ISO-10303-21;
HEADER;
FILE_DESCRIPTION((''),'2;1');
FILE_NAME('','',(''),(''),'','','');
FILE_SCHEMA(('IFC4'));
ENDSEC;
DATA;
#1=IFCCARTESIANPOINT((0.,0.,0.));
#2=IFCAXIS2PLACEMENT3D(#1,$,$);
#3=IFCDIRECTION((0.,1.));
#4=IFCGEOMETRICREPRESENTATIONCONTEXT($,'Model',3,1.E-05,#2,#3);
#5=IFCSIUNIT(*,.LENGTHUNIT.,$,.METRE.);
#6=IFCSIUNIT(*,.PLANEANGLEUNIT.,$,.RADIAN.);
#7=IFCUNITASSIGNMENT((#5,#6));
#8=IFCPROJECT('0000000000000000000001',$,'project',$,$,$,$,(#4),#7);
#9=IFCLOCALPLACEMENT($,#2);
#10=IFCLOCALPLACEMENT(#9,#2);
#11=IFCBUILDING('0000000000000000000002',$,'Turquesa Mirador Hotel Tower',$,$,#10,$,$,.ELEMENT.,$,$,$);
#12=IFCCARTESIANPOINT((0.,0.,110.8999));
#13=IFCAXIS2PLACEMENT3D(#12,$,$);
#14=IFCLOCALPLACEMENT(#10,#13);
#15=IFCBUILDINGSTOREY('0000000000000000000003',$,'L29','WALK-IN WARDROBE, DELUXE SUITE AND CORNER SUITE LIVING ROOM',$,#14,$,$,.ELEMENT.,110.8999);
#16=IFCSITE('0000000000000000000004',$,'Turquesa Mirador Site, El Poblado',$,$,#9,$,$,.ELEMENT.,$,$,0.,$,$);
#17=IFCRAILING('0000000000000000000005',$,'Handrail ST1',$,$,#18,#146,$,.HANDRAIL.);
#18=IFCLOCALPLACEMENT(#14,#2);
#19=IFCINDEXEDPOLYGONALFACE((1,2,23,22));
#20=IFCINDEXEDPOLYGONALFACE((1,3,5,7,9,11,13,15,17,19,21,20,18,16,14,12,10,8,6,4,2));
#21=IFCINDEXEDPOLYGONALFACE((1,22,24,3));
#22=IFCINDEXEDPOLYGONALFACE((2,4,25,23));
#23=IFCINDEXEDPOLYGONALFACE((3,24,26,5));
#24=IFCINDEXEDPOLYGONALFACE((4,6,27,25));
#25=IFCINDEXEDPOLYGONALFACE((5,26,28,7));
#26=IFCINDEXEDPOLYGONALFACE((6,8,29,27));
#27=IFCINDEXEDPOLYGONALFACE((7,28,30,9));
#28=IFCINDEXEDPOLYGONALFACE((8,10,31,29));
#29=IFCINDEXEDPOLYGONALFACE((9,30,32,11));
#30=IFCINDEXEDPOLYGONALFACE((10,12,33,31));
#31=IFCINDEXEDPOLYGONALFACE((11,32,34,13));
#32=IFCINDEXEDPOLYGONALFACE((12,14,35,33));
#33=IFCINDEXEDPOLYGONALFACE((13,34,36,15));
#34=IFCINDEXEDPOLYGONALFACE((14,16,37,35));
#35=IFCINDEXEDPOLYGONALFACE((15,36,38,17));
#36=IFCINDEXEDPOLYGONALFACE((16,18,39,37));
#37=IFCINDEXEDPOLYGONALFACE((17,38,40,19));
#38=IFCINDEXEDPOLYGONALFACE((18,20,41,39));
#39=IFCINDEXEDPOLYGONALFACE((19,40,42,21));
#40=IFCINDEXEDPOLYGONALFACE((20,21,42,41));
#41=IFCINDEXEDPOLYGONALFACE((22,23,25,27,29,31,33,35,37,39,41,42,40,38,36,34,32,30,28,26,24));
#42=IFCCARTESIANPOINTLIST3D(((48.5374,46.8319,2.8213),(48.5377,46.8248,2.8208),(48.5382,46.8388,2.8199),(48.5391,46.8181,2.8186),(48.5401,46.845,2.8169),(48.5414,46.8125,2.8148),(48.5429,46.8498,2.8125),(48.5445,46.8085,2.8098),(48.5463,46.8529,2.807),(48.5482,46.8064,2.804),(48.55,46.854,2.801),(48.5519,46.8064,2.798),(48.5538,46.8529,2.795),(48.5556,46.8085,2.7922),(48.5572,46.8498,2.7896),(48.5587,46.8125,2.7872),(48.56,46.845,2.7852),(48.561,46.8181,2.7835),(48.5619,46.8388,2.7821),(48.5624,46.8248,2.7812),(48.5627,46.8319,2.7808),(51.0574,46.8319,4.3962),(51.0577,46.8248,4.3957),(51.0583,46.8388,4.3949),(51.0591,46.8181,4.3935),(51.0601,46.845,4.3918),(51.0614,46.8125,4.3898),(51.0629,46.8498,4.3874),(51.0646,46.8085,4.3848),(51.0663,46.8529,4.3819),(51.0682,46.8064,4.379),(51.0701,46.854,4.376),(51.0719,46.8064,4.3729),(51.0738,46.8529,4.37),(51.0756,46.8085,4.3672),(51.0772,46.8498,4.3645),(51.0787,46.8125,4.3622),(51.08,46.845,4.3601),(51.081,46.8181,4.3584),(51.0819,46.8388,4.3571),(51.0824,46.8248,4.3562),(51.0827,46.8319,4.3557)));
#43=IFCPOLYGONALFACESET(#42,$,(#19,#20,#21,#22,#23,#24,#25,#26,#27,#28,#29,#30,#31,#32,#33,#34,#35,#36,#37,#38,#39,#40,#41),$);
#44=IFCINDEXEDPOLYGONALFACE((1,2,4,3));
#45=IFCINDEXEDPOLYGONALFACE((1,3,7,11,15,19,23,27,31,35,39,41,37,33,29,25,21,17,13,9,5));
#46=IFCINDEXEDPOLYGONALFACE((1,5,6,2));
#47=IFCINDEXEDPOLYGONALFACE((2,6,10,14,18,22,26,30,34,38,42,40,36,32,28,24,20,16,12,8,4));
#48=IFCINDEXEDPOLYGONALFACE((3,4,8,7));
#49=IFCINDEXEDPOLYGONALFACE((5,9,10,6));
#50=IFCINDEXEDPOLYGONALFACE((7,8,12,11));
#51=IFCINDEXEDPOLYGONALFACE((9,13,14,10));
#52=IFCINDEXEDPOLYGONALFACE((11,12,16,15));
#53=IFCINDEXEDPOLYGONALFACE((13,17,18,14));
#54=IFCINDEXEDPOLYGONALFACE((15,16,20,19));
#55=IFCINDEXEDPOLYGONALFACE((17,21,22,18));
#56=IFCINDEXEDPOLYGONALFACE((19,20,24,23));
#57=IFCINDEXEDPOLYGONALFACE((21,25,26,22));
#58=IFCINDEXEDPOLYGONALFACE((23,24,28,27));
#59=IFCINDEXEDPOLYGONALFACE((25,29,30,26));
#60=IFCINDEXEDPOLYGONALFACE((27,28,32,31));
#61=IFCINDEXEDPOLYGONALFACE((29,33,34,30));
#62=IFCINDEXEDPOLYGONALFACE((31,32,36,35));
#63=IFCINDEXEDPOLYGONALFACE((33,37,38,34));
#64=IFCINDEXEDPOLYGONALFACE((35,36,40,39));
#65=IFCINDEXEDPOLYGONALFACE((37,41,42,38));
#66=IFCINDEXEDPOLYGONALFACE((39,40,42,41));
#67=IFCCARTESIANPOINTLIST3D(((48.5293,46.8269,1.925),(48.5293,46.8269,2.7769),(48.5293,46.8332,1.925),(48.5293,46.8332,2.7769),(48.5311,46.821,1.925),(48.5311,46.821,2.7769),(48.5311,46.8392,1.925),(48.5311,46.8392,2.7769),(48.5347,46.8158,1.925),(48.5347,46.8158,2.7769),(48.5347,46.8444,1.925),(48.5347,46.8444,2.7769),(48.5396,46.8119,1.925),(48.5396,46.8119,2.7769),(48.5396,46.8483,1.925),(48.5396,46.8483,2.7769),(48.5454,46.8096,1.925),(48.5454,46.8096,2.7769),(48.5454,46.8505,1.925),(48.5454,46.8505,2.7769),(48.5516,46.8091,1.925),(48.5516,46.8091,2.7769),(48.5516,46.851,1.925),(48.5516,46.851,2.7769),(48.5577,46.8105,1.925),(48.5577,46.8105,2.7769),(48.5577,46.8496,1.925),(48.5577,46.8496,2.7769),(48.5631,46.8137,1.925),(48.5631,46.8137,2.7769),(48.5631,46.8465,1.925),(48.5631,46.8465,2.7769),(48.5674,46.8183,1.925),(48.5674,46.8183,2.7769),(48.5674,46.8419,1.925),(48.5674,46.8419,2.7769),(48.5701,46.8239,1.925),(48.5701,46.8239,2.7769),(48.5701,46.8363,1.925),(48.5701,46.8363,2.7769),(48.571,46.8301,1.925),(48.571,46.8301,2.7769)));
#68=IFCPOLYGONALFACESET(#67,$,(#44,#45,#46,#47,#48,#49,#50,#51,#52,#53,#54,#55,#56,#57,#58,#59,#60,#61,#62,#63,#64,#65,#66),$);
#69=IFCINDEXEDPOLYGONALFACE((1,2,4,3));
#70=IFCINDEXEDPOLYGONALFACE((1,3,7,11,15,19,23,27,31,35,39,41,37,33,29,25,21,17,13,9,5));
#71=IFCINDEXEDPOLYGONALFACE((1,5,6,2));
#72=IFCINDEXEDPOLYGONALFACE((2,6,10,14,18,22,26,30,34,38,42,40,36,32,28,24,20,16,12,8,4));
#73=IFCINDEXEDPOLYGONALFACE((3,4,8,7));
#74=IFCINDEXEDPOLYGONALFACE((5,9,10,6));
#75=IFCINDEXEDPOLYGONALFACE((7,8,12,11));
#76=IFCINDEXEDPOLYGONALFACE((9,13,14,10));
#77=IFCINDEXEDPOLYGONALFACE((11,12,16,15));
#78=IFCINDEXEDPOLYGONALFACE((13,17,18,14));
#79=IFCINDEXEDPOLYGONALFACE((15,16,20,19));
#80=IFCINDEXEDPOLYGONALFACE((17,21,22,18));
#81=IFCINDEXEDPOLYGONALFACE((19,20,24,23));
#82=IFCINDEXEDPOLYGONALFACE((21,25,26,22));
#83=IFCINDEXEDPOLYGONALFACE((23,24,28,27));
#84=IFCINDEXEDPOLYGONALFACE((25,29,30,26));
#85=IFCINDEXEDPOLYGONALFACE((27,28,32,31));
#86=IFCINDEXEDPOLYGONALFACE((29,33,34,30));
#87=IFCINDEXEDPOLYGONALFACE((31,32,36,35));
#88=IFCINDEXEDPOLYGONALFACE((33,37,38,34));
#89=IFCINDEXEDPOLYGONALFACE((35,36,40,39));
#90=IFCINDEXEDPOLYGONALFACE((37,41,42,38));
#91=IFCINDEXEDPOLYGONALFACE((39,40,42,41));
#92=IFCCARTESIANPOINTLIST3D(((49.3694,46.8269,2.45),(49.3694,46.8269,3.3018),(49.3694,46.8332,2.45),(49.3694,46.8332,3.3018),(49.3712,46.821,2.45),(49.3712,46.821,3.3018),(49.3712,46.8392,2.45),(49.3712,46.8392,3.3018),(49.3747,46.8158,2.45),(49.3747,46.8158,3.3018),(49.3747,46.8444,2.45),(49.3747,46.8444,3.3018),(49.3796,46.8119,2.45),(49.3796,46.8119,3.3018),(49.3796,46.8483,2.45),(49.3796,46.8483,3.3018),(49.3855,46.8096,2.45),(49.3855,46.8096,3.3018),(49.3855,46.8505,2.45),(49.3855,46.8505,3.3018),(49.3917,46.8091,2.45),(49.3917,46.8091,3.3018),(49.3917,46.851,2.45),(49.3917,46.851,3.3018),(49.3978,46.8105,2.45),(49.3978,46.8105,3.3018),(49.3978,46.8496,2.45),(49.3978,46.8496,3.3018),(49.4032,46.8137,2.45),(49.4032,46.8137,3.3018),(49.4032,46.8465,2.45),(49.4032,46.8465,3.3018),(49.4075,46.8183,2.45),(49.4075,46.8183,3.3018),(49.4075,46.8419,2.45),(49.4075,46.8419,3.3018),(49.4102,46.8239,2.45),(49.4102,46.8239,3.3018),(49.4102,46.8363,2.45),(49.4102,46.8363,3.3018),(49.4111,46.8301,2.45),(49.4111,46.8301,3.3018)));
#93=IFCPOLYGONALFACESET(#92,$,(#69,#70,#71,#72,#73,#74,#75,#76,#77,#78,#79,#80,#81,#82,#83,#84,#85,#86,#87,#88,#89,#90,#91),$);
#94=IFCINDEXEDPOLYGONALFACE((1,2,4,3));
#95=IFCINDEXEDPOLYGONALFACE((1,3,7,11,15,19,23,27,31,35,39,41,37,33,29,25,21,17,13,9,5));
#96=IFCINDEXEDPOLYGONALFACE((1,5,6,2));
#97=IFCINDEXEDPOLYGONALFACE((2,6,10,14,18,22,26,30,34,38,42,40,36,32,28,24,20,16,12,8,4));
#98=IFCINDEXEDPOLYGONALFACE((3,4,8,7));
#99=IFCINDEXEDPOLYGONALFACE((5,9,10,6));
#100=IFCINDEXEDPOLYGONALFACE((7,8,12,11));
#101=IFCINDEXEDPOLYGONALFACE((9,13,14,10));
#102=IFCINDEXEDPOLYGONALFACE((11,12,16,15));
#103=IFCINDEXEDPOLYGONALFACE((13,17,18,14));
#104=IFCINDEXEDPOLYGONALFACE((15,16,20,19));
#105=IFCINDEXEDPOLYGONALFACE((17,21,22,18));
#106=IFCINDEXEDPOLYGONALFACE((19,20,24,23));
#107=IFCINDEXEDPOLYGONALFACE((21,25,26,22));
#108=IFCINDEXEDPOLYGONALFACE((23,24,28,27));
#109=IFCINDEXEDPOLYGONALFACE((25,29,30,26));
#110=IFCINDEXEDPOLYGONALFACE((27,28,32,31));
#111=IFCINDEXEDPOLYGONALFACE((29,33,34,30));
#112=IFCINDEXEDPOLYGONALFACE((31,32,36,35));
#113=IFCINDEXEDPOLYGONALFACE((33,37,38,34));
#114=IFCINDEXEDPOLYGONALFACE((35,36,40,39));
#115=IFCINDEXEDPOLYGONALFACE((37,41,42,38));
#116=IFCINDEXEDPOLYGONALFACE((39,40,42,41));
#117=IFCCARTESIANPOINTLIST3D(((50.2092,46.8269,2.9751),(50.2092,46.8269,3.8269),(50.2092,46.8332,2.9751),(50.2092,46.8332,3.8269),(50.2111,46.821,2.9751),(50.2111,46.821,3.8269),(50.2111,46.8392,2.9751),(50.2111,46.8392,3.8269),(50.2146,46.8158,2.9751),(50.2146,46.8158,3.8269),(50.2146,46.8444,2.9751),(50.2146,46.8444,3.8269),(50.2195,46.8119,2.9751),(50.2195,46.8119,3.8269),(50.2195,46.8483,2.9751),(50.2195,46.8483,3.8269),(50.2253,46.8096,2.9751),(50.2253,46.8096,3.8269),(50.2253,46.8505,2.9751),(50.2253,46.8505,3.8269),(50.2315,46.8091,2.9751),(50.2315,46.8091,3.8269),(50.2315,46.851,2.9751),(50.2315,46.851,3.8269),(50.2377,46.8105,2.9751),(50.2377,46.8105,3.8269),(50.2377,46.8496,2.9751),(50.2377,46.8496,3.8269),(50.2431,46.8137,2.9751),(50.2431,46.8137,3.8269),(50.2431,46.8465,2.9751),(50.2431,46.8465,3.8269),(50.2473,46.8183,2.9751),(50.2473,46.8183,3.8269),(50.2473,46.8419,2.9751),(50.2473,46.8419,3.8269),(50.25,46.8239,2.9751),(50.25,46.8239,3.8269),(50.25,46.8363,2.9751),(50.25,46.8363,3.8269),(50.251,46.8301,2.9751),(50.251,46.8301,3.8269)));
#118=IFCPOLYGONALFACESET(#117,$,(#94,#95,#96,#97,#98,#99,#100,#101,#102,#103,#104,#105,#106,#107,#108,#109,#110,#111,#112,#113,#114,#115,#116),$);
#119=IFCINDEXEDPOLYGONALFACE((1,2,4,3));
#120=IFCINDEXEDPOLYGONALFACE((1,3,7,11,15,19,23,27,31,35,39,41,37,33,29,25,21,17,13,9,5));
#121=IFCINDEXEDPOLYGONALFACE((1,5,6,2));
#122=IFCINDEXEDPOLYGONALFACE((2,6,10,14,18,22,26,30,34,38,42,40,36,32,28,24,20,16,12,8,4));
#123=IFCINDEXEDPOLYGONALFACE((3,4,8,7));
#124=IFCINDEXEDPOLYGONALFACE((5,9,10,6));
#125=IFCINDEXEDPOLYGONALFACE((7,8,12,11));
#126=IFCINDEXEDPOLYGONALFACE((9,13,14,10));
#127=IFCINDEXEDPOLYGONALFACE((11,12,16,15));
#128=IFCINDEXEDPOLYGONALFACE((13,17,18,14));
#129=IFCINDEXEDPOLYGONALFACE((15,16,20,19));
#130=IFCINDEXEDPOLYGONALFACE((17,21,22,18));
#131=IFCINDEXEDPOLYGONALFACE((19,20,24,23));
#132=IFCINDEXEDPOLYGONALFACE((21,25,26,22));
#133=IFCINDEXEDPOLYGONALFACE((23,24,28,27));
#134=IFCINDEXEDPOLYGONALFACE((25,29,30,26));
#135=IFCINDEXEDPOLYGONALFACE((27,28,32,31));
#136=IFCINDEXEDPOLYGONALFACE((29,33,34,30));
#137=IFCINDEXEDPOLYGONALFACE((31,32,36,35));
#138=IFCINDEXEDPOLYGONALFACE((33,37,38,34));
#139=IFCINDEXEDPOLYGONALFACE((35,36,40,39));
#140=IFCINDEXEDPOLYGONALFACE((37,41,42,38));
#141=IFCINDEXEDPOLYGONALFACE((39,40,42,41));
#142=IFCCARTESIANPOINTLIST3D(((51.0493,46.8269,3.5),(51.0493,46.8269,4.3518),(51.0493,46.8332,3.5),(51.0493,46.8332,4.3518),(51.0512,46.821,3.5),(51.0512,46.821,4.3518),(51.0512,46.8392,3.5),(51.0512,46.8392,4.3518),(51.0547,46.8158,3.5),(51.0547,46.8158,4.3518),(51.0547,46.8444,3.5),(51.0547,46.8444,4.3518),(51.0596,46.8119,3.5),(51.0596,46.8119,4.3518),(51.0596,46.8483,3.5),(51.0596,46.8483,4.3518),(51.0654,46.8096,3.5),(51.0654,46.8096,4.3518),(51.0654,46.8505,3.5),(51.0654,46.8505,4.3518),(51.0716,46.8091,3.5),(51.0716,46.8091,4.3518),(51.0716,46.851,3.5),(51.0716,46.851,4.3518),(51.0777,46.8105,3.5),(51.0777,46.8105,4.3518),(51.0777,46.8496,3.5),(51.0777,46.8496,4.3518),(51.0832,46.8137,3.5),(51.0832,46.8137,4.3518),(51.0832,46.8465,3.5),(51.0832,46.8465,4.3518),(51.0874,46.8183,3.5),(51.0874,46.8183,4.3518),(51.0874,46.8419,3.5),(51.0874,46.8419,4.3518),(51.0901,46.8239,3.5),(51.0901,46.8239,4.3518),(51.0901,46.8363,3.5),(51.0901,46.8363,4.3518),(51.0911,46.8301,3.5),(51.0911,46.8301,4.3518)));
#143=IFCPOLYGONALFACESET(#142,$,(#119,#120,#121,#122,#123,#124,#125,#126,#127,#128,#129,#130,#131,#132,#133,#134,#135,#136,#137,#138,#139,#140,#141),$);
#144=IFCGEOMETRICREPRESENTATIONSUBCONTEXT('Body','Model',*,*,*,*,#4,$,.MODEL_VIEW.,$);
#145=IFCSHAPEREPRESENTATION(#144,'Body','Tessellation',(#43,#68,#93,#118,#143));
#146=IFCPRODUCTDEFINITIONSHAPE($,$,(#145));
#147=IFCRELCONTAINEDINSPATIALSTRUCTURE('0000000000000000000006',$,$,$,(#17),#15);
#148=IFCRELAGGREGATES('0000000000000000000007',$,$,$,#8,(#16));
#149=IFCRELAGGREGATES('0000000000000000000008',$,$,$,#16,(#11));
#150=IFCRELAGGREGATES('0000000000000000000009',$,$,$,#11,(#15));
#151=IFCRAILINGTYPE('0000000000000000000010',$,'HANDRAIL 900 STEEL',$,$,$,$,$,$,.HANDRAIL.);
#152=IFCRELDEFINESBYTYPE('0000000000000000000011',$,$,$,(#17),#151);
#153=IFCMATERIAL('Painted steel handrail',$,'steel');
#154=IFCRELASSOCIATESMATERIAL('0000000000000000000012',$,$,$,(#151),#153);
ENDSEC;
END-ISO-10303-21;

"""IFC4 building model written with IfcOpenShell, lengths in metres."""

from ifc_helpers import new_model, si_unit, direction, frame, origin, origin_2d, place, context, subcontext, project, spatial, circle, extrude, material, type_object, element, save


model = new_model("IFC4")

# Units and contexts
model_context = context("Model", 3, precision=1e-05, world=origin(), true_north=direction((0.0, 1.0)))
body_context = subcontext(model_context, "Body", "Model", "MODEL_VIEW")
ifc_project = project(units=[si_unit("LENGTHUNIT", "METRE"), si_unit("PLANEANGLEUNIT", "RADIAN")], contexts=[model_context])

# Site, building, storey
site_placement = place(None, origin())
site = spatial("IfcSite", under=ifc_project, at=site_placement, Name="Turquesa Mirador Site, El Poblado", CompositionType="ELEMENT", RefElevation=0.0)
building_placement = place(site_placement, origin())
building = spatial("IfcBuilding", under=site, at=building_placement, Name="Turquesa Mirador Hotel Tower", CompositionType="ELEMENT")
storey_placement = place(building_placement, frame((0.0, 0.0, 110.8999)))
storey = spatial("IfcBuildingStorey", under=building, at=storey_placement, Name="L29", Description="WALK-IN WARDROBE, DELUXE SUITE AND CORNER SUITE LIVING ROOM", CompositionType="ELEMENT", Elevation=110.8999)

# Railing
ifc_material_1 = material(Name="Painted steel handrail", Category="steel")
railing_type = type_object("IfcRailingType", Name="HANDRAIL 900 STEEL", PredefinedType="HANDRAIL", material=ifc_material_1)
railing_1_placement = place(storey_placement, frame((48.55, 46.8301, 1.925)))
element("IfcRailing", 1, at=railing_1_placement, inside=storey, type_object=railing_type, Name="Handrail ST1", PredefinedType="HANDRAIL", context=body_context, shape_type="SweptSolid", body=[
    extrude(circle(Radius=0.0239, at=origin_2d()), frame((0.0, 0.0, 0.876), z_axis=(0.848008, 0.0, 0.529984), x_axis=(0.0, 1.0, 0.0)), (0.0, 0.0, 1.0), 2.9717),
    extrude(circle(Radius=0.021, at=origin_2d()), origin(), (0.0, 0.0, 1.0), 0.8518),
    extrude(circle(Radius=0.021, at=origin_2d()), frame((0.8401, 0.0, 0.5249)), (0.0, 0.0, 1.0), 0.8518),
    extrude(circle(Radius=0.021, at=origin_2d()), frame((1.6799, 0.0, 1.05)), (0.0, 0.0, 1.0), 0.8518),
    extrude(circle(Radius=0.021, at=origin_2d()), frame((2.52, 0.0, 1.575)), (0.0, 0.0, 1.0), 0.8518),
])

save(model, "model.ifc")
